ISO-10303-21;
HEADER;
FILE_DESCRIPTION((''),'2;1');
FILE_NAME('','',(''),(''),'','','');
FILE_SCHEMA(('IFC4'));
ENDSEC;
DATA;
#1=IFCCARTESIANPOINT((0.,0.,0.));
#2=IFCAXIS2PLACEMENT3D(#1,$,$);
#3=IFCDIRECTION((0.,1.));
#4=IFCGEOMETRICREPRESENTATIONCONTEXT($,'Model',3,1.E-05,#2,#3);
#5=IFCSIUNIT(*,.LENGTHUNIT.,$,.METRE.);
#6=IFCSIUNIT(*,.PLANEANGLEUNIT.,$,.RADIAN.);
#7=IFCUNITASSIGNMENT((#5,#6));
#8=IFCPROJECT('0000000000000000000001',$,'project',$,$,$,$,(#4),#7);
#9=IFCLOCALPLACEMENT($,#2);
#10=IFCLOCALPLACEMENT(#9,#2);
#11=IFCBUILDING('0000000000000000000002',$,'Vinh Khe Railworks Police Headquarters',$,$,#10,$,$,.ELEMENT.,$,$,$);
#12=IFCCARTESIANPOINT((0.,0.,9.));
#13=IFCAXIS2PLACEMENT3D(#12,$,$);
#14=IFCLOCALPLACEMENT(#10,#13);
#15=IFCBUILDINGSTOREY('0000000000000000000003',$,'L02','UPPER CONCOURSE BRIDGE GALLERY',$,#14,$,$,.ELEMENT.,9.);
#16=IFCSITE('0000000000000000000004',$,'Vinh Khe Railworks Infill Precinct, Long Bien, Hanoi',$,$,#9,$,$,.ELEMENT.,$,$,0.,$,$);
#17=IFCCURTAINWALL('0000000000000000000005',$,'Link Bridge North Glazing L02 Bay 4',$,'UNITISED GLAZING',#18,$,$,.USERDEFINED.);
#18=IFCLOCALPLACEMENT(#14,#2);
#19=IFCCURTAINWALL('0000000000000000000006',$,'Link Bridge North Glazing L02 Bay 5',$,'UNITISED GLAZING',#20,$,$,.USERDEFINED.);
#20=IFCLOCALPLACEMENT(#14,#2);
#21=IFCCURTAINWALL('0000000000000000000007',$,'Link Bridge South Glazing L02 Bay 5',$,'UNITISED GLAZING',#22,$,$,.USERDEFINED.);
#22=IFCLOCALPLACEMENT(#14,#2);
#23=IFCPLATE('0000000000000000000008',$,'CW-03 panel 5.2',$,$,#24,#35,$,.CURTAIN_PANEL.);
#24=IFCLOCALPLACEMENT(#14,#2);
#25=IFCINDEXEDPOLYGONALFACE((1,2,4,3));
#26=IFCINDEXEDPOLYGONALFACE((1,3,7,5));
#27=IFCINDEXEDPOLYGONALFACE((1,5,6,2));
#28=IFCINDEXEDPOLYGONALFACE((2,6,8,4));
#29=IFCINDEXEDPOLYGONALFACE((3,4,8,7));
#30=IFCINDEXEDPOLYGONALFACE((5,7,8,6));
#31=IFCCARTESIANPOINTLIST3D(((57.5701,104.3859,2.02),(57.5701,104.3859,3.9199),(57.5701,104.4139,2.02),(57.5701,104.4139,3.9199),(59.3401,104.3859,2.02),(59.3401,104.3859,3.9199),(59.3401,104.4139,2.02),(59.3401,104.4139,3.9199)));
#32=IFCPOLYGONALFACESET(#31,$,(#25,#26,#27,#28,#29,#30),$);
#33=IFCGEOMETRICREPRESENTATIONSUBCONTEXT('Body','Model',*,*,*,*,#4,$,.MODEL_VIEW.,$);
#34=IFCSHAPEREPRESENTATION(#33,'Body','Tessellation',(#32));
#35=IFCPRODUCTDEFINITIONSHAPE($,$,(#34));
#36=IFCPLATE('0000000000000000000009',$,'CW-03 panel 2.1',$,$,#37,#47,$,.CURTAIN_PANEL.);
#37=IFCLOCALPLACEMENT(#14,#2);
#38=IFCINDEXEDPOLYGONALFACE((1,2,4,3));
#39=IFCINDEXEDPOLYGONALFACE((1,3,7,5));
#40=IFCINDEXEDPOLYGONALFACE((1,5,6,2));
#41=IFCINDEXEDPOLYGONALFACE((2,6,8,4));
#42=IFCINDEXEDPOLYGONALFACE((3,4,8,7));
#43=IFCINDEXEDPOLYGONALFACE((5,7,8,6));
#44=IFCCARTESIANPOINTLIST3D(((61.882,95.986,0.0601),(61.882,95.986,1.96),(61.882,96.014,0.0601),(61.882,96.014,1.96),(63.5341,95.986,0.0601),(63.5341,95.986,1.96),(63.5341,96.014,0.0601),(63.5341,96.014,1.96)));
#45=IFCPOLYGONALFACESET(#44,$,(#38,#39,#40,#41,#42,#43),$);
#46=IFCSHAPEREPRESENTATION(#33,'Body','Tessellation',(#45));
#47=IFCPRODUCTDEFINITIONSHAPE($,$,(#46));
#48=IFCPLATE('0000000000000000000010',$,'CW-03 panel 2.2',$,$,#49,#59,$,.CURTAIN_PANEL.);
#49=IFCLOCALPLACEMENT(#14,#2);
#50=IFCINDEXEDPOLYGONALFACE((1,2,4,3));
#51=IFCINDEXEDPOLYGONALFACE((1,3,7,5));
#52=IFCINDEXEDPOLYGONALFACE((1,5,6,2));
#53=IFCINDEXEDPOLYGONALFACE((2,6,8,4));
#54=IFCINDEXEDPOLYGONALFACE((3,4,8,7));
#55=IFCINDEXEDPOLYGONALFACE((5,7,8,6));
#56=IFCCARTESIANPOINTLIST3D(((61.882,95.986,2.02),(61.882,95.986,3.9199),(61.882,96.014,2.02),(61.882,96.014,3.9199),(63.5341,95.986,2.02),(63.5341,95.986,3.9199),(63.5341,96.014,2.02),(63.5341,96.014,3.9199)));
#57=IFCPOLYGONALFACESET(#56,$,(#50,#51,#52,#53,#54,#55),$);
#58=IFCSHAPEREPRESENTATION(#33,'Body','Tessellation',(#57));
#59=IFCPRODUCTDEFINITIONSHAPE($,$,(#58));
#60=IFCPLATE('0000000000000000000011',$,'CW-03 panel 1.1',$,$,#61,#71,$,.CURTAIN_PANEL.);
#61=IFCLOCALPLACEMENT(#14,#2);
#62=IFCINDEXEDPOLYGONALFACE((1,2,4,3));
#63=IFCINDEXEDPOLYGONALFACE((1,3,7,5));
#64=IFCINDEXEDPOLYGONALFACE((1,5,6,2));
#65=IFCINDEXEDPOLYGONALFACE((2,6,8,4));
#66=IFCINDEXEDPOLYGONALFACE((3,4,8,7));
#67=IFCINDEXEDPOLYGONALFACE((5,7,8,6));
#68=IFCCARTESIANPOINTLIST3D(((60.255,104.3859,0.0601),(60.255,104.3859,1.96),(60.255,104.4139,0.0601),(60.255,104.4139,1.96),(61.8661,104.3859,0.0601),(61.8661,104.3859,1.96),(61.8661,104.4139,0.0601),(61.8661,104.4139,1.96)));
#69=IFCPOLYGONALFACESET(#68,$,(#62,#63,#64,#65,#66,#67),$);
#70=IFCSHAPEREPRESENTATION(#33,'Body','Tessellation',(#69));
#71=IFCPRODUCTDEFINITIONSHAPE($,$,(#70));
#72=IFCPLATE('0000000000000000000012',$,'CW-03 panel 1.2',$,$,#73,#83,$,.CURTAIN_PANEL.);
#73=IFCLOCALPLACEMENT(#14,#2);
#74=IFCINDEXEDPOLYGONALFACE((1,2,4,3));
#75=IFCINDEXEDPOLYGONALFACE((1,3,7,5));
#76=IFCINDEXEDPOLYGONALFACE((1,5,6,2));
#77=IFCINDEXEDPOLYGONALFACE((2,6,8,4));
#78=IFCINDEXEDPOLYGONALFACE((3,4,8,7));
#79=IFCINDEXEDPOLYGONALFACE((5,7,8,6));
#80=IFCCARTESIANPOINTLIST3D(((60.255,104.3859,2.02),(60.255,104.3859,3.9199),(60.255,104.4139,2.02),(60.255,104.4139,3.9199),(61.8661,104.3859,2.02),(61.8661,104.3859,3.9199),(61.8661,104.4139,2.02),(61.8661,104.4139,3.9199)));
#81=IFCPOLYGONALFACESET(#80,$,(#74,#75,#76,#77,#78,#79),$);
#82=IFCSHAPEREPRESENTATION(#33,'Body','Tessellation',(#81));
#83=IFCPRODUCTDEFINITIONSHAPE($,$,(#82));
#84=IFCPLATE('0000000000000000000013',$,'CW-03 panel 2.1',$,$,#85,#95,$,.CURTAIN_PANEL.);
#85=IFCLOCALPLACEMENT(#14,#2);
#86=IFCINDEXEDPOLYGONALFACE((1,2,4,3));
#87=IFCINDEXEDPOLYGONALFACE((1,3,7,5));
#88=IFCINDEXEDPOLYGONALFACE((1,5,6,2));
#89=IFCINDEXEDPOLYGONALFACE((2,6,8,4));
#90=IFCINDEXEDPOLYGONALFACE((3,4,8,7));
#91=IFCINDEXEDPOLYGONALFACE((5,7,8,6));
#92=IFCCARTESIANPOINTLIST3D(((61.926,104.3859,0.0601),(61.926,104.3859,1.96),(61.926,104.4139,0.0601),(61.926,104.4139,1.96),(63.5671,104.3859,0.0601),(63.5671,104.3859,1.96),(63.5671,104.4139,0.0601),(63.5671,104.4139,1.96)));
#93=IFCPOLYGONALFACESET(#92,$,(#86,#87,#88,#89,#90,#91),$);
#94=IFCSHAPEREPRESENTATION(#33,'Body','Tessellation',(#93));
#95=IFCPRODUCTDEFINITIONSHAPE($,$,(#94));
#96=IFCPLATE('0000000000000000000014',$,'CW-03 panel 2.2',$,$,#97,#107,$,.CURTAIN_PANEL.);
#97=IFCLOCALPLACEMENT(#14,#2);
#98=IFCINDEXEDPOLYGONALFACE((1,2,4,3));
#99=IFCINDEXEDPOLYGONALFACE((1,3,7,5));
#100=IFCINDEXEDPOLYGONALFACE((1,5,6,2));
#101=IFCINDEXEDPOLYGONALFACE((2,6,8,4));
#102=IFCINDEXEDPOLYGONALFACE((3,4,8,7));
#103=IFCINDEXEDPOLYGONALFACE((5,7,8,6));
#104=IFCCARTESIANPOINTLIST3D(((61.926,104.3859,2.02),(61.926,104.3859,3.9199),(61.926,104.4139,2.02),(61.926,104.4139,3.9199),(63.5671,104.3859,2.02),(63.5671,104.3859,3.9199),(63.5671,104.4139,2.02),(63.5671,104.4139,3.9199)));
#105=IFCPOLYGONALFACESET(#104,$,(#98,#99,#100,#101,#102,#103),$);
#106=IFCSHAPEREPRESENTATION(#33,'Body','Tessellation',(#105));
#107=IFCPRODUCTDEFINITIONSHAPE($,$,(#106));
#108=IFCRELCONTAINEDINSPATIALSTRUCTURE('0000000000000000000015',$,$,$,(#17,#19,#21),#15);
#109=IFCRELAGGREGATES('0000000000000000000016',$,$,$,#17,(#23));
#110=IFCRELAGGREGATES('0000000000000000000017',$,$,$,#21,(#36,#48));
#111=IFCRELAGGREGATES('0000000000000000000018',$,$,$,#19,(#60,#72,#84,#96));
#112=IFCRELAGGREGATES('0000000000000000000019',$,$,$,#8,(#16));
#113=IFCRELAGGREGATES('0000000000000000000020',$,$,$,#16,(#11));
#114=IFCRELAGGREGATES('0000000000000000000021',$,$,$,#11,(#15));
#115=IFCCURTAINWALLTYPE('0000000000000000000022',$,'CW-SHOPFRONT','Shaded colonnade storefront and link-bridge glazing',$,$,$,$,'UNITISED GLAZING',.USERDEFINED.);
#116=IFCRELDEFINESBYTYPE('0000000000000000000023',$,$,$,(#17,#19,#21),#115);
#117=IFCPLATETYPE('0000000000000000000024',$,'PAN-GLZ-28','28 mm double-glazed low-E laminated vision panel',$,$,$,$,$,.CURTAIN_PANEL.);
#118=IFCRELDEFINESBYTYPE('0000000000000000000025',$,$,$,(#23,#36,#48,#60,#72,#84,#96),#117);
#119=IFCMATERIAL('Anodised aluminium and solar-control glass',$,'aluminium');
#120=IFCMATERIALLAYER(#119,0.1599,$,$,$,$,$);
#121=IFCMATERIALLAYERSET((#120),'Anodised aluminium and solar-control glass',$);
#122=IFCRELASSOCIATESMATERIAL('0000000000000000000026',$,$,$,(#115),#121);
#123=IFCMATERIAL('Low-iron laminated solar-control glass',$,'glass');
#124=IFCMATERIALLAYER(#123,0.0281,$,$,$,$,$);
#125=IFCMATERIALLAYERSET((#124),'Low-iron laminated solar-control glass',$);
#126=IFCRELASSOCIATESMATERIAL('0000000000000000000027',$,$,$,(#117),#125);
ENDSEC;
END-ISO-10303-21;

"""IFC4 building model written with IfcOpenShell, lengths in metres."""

from ifc_helpers import new_model, si_unit, direction, frame, origin, origin_2d, place, context, subcontext, project, spatial, rectangle, extrude, material, layer, layer_set, type_object, element, aggregate, save


model = new_model("IFC4")

# Units and contexts
model_context = context("Model", 3, precision=1e-05, world=origin(), true_north=direction((0.0, 1.0)))
body_context = subcontext(model_context, "Body", "Model", "MODEL_VIEW")
ifc_project = project(units=[si_unit("LENGTHUNIT", "METRE"), si_unit("PLANEANGLEUNIT", "RADIAN")], contexts=[model_context])

# Site, building, storey
site_placement = place(None, origin())
site = spatial("IfcSite", under=ifc_project, at=site_placement, Name="Vinh Khe Railworks Infill Precinct, Long Bien, Hanoi", CompositionType="ELEMENT", RefElevation=0.0)
building_placement = place(site_placement, origin())
building = spatial("IfcBuilding", under=site, at=building_placement, Name="Vinh Khe Railworks Police Headquarters", CompositionType="ELEMENT")
storey_placement = place(building_placement, frame((0.0, 0.0, 9.0)))
storey = spatial("IfcBuildingStorey", under=building, at=storey_placement, Name="L02", Description="UPPER CONCOURSE BRIDGE GALLERY", CompositionType="ELEMENT", Elevation=9.0)

# Curtain wall
ifc_material_1 = material(Name="Anodised aluminium and solar-control glass", Category="aluminium")
ifc_layer_1 = layer(ifc_material_1, 0.1599)
ifc_layer_set_1 = layer_set([ifc_layer_1], Name="Anodised aluminium and solar-control glass")
curtain_wall_type = type_object("IfcCurtainWallType", Name="CW-SHOPFRONT", Description="Shaded colonnade storefront and link-bridge glazing", ElementType="UNITISED GLAZING", PredefinedType="USERDEFINED", material=ifc_layer_set_1)
curtain_wall_1_placement = place(storey_placement, origin())
curtain_wall_1 = element("IfcCurtainWall", 1, at=curtain_wall_1_placement, inside=storey, type_object=curtain_wall_type, Name="Link Bridge North Glazing L02 Bay 4", ObjectType="UNITISED GLAZING", PredefinedType="USERDEFINED")

# Curtain wall
curtain_wall_2_placement = place(storey_placement, origin())
curtain_wall_2 = element("IfcCurtainWall", 2, at=curtain_wall_2_placement, inside=storey, type_object=curtain_wall_type, Name="Link Bridge North Glazing L02 Bay 5", ObjectType="UNITISED GLAZING", PredefinedType="USERDEFINED")

# Curtain wall
curtain_wall_3_placement = place(storey_placement, origin())
curtain_wall_3 = element("IfcCurtainWall", 3, at=curtain_wall_3_placement, inside=storey, type_object=curtain_wall_type, Name="Link Bridge South Glazing L02 Bay 5", ObjectType="UNITISED GLAZING", PredefinedType="USERDEFINED")

# Plates
ifc_material_2 = material(Name="Low-iron laminated solar-control glass", Category="glass")
ifc_layer_2 = layer(ifc_material_2, 0.0281)
ifc_layer_set_2 = layer_set([ifc_layer_2], Name="Low-iron laminated solar-control glass")
plate_type = type_object("IfcPlateType", Name="PAN-GLZ-28", Description="28 mm double-glazed low-E laminated vision panel", PredefinedType="CURTAIN_PANEL", material=ifc_layer_set_2)
plate_1_placement = place(storey_placement, frame((58.4551, 104.3999, 2.02), z_axis=(0.0, 0.0, 1.0), x_axis=(1.0, 0.0, 0.0)))
plate_1 = element("IfcPlate", 4, at=plate_1_placement, type_object=plate_type, Name="CW-03 panel 5.2", PredefinedType="CURTAIN_PANEL", context=body_context, shape_type="SweptSolid", body=[
    extrude(rectangle(XDim=1.77, YDim=0.0281, at=origin_2d()), origin(), (0.0, 0.0, 1.0), 1.8999),
])
aggregate(curtain_wall_1, [plate_1])
plate_2_placement = place(storey_placement, frame((62.708, 96.0, 0.0601), z_axis=(0.0, 0.0, 1.0), x_axis=(1.0, 0.0, 0.0)))
plate_2 = element("IfcPlate", 5, at=plate_2_placement, type_object=plate_type, Name="CW-03 panel 2.1", PredefinedType="CURTAIN_PANEL", context=body_context, shape_type="SweptSolid", body=[
    extrude(rectangle(XDim=1.6521, YDim=0.0281, at=origin_2d()), origin(), (0.0, 0.0, 1.0), 1.8999),
])
plate_3_placement = place(storey_placement, frame((62.708, 96.0, 2.02), z_axis=(0.0, 0.0, 1.0), x_axis=(1.0, 0.0, 0.0)))
plate_3 = element("IfcPlate", 6, at=plate_3_placement, type_object=plate_type, Name="CW-03 panel 2.2", PredefinedType="CURTAIN_PANEL", context=body_context, shape_type="SweptSolid", body=[
    extrude(rectangle(XDim=1.6521, YDim=0.0281, at=origin_2d()), origin(), (0.0, 0.0, 1.0), 1.8999),
])
aggregate(curtain_wall_3, [plate_2, plate_3])
plate_4_placement = place(storey_placement, frame((61.0605, 104.3999, 0.0601), z_axis=(0.0, 0.0, 1.0), x_axis=(1.0, 0.0, 0.0)))
plate_4 = element("IfcPlate", 7, at=plate_4_placement, type_object=plate_type, Name="CW-03 panel 1.1", PredefinedType="CURTAIN_PANEL", context=body_context, shape_type="SweptSolid", body=[
    extrude(rectangle(XDim=1.6111, YDim=0.0281, at=origin_2d()), origin(), (0.0, 0.0, 1.0), 1.8999),
])
plate_5_placement = place(storey_placement, frame((61.0605, 104.3999, 2.02), z_axis=(0.0, 0.0, 1.0), x_axis=(1.0, 0.0, 0.0)))
plate_5 = element("IfcPlate", 8, at=plate_5_placement, type_object=plate_type, Name="CW-03 panel 1.2", PredefinedType="CURTAIN_PANEL", context=body_context, shape_type="SweptSolid", body=[
    extrude(rectangle(XDim=1.6111, YDim=0.0281, at=origin_2d()), origin(), (0.0, 0.0, 1.0), 1.8999),
])
plate_6_placement = place(storey_placement, frame((62.7466, 104.3999, 0.0601), z_axis=(0.0, 0.0, 1.0), x_axis=(1.0, 0.0, 0.0)))
plate_6 = element("IfcPlate", 9, at=plate_6_placement, type_object=plate_type, Name="CW-03 panel 2.1", PredefinedType="CURTAIN_PANEL", context=body_context, shape_type="SweptSolid", body=[
    extrude(rectangle(XDim=1.6411, YDim=0.0281, at=origin_2d()), origin(), (0.0, 0.0, 1.0), 1.8999),
])
plate_7_placement = place(storey_placement, frame((62.7466, 104.3999, 2.02), z_axis=(0.0, 0.0, 1.0), x_axis=(1.0, 0.0, 0.0)))
plate_7 = element("IfcPlate", 10, at=plate_7_placement, type_object=plate_type, Name="CW-03 panel 2.2", PredefinedType="CURTAIN_PANEL", context=body_context, shape_type="SweptSolid", body=[
    extrude(rectangle(XDim=1.6411, YDim=0.0281, at=origin_2d()), origin(), (0.0, 0.0, 1.0), 1.8999),
])
aggregate(curtain_wall_2, [plate_4, plate_5, plate_6, plate_7])

save(model, "model.ifc")
